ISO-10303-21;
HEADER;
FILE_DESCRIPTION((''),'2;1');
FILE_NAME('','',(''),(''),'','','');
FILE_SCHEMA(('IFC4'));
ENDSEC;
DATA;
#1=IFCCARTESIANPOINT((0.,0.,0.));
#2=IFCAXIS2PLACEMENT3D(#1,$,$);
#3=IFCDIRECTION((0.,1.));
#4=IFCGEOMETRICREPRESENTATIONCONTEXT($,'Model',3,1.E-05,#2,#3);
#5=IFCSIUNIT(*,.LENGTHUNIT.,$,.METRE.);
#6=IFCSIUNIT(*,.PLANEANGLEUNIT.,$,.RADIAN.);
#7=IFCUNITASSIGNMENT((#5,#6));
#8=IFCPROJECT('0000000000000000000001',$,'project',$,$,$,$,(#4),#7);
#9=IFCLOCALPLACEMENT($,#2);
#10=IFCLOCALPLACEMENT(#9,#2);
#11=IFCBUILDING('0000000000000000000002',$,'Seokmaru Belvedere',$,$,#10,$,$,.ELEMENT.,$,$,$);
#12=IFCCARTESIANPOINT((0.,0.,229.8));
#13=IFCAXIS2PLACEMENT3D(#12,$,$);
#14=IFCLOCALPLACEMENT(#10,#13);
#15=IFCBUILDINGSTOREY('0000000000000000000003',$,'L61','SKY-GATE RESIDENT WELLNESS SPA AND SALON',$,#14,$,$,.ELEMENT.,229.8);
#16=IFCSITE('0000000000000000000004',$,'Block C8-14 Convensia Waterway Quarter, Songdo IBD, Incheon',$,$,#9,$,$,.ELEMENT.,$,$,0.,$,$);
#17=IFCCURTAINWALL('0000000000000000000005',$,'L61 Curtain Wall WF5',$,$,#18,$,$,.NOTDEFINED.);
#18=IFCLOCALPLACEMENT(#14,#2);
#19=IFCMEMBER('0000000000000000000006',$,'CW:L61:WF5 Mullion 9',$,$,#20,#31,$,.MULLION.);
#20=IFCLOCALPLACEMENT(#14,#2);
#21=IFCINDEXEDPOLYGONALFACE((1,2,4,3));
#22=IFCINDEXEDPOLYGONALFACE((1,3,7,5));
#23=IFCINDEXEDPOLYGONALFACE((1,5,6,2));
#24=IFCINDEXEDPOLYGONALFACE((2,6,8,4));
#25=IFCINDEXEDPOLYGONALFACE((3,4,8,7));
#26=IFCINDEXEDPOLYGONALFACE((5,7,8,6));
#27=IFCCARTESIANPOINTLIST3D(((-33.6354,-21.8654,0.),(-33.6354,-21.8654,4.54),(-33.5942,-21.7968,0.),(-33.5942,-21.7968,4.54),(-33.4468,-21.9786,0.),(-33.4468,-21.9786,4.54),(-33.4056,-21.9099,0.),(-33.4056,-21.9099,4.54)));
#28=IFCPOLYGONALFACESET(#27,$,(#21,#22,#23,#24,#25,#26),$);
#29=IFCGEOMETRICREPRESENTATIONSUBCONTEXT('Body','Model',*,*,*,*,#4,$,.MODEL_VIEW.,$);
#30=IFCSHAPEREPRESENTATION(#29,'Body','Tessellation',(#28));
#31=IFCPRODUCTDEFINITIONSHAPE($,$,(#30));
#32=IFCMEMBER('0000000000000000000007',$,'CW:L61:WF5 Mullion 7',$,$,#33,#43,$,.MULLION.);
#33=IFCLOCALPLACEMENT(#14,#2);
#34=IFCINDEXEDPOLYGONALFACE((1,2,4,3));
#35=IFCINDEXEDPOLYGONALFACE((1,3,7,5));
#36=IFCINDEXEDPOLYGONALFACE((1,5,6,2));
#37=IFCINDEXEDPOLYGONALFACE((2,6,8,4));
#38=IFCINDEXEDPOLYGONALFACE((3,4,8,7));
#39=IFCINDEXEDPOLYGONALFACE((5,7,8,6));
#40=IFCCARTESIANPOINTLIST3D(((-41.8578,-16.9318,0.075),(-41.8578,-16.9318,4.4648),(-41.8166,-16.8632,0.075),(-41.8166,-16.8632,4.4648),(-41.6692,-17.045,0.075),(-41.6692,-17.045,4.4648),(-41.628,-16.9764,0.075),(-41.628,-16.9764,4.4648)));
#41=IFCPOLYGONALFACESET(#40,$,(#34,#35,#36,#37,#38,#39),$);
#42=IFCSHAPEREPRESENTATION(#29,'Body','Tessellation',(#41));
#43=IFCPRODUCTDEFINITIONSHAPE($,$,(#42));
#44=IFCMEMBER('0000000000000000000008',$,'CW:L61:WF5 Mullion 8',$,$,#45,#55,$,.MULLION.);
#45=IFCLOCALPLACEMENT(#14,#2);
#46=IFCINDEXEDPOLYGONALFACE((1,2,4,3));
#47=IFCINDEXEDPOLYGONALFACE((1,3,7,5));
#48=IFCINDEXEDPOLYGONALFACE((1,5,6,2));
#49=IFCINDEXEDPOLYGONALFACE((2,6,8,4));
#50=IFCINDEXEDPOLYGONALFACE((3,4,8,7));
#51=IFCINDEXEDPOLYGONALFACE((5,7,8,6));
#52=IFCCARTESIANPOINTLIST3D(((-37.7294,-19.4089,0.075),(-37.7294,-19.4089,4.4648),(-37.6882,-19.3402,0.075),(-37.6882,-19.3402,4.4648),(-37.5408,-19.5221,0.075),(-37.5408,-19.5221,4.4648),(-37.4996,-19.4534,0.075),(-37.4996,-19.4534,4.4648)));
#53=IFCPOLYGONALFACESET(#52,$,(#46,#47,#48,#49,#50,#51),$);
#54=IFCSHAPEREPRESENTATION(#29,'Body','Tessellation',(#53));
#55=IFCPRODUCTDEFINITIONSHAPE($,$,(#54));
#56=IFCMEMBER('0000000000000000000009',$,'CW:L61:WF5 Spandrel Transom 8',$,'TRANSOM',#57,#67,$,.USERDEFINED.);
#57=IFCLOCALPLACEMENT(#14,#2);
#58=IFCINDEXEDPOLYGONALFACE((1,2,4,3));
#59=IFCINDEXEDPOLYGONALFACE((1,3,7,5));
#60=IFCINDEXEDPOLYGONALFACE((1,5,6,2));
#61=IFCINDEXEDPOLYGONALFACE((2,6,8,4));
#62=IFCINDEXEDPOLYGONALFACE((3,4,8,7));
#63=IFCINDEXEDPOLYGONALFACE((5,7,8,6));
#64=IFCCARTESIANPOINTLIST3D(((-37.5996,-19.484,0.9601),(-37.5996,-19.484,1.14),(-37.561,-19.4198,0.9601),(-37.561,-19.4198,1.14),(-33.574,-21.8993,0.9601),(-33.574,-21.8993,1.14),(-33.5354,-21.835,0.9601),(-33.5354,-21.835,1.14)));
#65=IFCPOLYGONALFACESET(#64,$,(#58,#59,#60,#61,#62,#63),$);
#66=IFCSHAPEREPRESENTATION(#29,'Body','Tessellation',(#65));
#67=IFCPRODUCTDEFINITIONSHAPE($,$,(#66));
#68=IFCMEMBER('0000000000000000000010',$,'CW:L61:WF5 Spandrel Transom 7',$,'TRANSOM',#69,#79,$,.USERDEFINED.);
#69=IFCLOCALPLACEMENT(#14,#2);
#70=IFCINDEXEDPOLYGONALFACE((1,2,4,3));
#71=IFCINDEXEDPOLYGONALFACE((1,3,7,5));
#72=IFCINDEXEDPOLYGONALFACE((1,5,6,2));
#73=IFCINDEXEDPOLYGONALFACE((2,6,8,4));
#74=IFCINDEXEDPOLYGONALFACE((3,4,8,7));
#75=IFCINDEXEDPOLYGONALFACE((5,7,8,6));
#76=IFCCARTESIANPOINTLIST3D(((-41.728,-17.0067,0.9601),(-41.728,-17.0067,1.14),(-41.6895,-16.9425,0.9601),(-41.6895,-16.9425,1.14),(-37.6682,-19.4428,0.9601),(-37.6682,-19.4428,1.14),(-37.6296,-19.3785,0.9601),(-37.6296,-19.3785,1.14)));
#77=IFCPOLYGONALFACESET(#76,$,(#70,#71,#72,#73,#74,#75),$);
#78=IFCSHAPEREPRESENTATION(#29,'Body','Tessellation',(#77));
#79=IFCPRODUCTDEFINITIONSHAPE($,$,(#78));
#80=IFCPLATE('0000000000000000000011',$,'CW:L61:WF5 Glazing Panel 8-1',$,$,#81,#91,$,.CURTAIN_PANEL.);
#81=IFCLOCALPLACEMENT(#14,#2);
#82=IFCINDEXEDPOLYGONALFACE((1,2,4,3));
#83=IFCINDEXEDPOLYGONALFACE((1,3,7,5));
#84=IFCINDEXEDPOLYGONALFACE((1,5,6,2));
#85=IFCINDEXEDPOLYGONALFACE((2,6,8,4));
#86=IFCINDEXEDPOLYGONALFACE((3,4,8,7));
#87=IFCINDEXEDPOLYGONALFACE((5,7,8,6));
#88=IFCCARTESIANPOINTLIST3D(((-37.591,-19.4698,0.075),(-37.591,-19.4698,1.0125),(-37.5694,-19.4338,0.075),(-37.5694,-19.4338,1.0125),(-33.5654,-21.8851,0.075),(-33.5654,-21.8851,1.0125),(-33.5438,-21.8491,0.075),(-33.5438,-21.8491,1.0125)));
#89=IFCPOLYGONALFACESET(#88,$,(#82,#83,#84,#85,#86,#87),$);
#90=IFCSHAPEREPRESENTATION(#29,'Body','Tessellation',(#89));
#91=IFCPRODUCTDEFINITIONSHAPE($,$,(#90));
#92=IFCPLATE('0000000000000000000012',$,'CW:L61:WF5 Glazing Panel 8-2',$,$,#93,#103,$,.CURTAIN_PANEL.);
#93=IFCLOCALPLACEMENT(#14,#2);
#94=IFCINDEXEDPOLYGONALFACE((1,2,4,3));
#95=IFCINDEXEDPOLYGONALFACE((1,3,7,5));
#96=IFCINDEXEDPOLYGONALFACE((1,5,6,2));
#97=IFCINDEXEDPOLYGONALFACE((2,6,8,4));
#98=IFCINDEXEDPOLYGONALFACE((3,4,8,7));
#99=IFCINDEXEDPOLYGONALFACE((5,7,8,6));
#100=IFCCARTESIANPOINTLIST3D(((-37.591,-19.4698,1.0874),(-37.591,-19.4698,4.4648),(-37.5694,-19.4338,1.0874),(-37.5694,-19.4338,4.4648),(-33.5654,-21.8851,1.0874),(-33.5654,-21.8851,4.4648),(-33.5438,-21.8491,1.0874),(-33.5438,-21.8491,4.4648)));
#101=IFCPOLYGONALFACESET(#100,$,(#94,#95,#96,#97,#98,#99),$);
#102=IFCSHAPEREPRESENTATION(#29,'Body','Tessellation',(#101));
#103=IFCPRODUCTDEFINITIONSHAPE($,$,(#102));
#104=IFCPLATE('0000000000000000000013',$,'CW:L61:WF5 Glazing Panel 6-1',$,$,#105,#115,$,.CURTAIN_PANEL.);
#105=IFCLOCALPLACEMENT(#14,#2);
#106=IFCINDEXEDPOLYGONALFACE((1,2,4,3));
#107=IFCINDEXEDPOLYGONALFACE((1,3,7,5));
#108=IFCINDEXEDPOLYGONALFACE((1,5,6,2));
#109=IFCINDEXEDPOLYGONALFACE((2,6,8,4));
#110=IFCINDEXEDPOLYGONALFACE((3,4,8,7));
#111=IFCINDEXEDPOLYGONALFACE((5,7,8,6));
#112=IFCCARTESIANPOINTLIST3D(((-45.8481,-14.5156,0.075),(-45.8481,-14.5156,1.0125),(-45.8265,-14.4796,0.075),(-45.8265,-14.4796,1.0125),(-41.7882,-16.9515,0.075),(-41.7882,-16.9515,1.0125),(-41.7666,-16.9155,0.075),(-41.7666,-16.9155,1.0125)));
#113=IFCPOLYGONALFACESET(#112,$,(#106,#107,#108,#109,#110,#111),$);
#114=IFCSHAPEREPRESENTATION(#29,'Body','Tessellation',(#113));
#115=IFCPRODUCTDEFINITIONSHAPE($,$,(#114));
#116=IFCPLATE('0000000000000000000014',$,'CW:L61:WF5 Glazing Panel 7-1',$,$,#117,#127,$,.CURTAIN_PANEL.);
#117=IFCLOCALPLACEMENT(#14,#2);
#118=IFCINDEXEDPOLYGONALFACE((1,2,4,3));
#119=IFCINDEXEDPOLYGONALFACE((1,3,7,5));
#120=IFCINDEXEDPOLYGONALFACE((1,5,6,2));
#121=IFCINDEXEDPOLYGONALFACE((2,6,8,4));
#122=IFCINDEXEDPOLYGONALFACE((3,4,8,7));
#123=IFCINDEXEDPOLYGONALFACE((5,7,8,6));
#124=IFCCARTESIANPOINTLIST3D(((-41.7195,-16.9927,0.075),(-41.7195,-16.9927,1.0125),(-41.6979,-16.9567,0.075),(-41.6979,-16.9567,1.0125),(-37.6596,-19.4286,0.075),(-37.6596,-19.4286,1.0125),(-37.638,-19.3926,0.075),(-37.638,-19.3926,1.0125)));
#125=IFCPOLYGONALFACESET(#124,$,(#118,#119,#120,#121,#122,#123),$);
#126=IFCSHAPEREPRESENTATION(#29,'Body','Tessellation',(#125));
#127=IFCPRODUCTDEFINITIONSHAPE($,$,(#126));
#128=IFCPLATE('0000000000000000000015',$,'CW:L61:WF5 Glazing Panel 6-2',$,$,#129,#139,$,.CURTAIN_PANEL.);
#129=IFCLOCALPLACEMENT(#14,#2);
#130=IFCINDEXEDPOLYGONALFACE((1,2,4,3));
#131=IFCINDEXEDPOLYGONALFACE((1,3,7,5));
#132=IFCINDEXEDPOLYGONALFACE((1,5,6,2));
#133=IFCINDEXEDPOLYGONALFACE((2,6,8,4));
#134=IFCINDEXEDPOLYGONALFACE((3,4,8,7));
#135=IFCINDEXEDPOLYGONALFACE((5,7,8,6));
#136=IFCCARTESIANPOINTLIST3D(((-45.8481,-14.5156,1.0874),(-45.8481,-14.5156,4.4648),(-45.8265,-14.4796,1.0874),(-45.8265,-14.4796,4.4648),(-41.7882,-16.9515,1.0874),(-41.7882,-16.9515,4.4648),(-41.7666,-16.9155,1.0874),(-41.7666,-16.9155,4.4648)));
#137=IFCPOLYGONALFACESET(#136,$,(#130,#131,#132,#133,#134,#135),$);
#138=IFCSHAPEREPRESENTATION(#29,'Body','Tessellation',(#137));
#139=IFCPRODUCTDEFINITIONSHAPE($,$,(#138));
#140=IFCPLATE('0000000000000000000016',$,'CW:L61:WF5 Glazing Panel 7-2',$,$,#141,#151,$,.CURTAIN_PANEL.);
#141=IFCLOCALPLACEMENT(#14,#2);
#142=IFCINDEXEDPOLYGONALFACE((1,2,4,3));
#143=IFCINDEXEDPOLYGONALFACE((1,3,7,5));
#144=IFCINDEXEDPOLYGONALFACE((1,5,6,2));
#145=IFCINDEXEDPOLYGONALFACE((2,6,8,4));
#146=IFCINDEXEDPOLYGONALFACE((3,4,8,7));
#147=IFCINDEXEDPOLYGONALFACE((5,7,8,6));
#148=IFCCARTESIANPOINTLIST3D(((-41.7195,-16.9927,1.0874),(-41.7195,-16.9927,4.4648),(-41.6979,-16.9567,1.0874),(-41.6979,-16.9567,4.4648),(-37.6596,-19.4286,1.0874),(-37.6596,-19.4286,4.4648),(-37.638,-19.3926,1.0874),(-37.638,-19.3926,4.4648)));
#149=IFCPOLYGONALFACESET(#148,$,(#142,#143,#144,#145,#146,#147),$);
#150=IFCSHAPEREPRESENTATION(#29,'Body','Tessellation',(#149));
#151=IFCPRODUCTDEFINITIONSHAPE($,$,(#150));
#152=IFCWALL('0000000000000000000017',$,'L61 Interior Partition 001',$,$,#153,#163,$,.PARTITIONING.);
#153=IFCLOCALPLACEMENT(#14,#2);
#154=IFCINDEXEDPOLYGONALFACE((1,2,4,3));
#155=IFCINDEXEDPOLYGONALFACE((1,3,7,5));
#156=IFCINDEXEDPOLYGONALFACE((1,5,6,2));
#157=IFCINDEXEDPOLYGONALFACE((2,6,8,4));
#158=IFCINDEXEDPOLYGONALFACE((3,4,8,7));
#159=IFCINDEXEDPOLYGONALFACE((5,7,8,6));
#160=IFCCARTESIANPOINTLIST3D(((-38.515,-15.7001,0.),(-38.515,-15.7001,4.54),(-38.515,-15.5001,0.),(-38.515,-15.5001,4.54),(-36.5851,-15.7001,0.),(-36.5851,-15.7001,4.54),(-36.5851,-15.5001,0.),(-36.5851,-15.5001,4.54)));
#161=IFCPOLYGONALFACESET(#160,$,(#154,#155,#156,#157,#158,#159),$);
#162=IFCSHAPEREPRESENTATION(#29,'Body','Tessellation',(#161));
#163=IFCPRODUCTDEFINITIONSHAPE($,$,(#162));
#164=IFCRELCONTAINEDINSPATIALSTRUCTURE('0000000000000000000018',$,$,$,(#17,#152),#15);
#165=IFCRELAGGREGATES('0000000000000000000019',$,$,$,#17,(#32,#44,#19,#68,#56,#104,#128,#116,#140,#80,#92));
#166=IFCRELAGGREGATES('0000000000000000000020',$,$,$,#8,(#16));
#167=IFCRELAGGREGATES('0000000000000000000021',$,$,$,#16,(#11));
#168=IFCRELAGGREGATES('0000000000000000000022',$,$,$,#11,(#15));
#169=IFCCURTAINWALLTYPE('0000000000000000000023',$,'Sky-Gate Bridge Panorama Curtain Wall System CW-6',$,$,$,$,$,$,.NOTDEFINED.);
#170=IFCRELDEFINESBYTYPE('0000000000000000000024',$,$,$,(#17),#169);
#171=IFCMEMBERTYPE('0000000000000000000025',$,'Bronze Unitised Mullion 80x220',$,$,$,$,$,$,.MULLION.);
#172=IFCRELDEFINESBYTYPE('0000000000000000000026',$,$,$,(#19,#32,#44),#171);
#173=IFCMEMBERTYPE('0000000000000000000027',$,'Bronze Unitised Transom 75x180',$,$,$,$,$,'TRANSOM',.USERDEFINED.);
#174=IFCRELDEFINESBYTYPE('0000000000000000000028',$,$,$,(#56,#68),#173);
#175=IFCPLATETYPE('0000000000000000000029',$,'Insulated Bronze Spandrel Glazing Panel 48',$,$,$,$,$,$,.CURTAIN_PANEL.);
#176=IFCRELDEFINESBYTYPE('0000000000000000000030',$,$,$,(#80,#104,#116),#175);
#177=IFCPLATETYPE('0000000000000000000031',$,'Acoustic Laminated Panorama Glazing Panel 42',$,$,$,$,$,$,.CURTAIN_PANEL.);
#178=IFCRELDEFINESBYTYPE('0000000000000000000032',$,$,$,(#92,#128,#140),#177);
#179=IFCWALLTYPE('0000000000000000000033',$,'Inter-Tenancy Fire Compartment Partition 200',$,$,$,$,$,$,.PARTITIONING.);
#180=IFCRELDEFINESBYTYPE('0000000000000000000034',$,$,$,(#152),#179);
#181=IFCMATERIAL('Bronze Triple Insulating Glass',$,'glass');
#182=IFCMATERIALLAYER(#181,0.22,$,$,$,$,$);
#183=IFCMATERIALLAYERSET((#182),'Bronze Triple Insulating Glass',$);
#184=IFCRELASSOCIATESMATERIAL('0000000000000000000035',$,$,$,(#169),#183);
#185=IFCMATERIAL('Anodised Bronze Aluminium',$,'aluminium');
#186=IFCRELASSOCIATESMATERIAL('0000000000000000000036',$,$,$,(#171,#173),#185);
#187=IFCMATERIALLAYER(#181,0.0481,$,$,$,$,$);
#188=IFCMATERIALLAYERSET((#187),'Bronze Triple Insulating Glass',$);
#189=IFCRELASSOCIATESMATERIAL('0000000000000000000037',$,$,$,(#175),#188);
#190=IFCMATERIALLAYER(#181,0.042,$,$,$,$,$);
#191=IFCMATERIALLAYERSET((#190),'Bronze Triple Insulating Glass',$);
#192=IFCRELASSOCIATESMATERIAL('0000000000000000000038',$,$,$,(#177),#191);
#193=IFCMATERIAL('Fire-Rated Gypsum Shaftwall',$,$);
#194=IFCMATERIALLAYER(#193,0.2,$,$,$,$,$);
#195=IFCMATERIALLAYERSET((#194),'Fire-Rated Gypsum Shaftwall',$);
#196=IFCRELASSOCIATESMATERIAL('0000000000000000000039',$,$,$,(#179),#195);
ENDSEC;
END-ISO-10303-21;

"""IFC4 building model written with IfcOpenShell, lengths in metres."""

from ifc_helpers import new_model, si_unit, direction, frame, frame_2d, origin, origin_2d, place, context, subcontext, project, spatial, rectangle, extrude, source, transform, mapped, material, layer, layer_set, material_profile, profile_set, type_object, type_shapes, element, aggregate, save


model = new_model("IFC4")

# Units and contexts
model_context = context("Model", 3, precision=1e-05, world=origin(), true_north=direction((0.0, 1.0)))
body_context = subcontext(model_context, "Body", "Model", "MODEL_VIEW")
ifc_project = project(units=[si_unit("LENGTHUNIT", "METRE"), si_unit("PLANEANGLEUNIT", "RADIAN")], contexts=[model_context])

# Site, building, storey
site_placement = place(None, origin())
site = spatial("IfcSite", under=ifc_project, at=site_placement, Name="Block C8-14 Convensia Waterway Quarter, Songdo IBD, Incheon", CompositionType="ELEMENT", RefElevation=0.0)
building_placement = place(site_placement, origin())
building = spatial("IfcBuilding", under=site, at=building_placement, Name="Seokmaru Belvedere", CompositionType="ELEMENT")
storey_placement = place(building_placement, frame((0.0, 0.0, 229.8)))
storey = spatial("IfcBuildingStorey", under=building, at=storey_placement, Name="L61", Description="SKY-GATE RESIDENT WELLNESS SPA AND SALON", CompositionType="ELEMENT", Elevation=229.8)

# Curtain wall, members, plates
ifc_material_1 = material(Name="Bronze Triple Insulating Glass", Category="glass")
ifc_layer_1 = layer(ifc_material_1, 0.22)
ifc_layer_set_1 = layer_set([ifc_layer_1], Name="Bronze Triple Insulating Glass")
curtain_wall_type = type_object("IfcCurtainWallType", Name="Sky-Gate Bridge Panorama Curtain Wall System CW-6", PredefinedType="NOTDEFINED", material=ifc_layer_set_1)
curtain_wall_placement = place(storey_placement, origin())
curtain_wall = element("IfcCurtainWall", 1, at=curtain_wall_placement, inside=storey, type_object=curtain_wall_type, Name="L61 Curtain Wall WF5", PredefinedType="NOTDEFINED")
ifc_material_2 = material(Name="Anodised Bronze Aluminium", Category="aluminium")
ifc_material_profile_1 = material_profile(ifc_material_2, rectangle(XDim=0.0801, YDim=0.22, at=origin_2d()), Name="CW-M-80x220")
ifc_profile_set_1 = profile_set([ifc_material_profile_1], Name="Anodised Bronze Aluminium")
member_type_1 = type_object("IfcMemberType", Name="Bronze Unitised Mullion 80x220", PredefinedType="MULLION", material=ifc_profile_set_1)
shared_shape_1 = source(origin(), body_context, "Body", "SweptSolid", [
    extrude(rectangle(XDim=0.0801, YDim=0.22, at=origin_2d()), origin(), (0.0, 0.0, 1.0), 4.54),
])
member_1_placement = place(storey_placement, frame((-33.5205, -21.8877, 0.0), z_axis=(0.0, 0.0, 1.0), x_axis=(0.514495, 0.857493, 0.0)))
member_1 = element("IfcMember", 2, at=member_1_placement, type_object=member_type_1, Name="CW:L61:WF5 Mullion 9", PredefinedType="MULLION", context=body_context, shape_type="MappedRepresentation", body=[
    mapped(shared_shape_1, transform((0.0, 0.0, 0.0), scale=1.0)),
])
shared_shape_2 = source(origin(), body_context, "Body", "SweptSolid", [
    extrude(rectangle(XDim=0.0801, YDim=0.22, at=origin_2d()), origin(), (0.0, 0.0, 1.0), 4.3899),
])
type_shapes(member_type_1, [shared_shape_1, shared_shape_2])
member_2_placement = place(storey_placement, frame((-41.7429, -16.9541, 0.075), z_axis=(0.0, 0.0, 1.0), x_axis=(0.514495, 0.857493, 0.0)))
member_2 = element("IfcMember", 3, at=member_2_placement, type_object=member_type_1, Name="CW:L61:WF5 Mullion 7", PredefinedType="MULLION", context=body_context, shape_type="MappedRepresentation", body=[
    mapped(shared_shape_2, transform((0.0, 0.0, 0.0), scale=1.0)),
])
member_3_placement = place(storey_placement, frame((-37.6145, -19.4312, 0.075), z_axis=(0.0, 0.0, 1.0), x_axis=(0.514495, 0.857493, 0.0)))
member_3 = element("IfcMember", 4, at=member_3_placement, type_object=member_type_1, Name="CW:L61:WF5 Mullion 8", PredefinedType="MULLION", context=body_context, shape_type="MappedRepresentation", body=[
    mapped(shared_shape_2, transform((0.0, 0.0, 0.0), scale=1.0)),
])
ifc_material_profile_2 = material_profile(ifc_material_2, rectangle(XDim=0.075, YDim=0.1799, at=origin_2d()), Name="CW-T-75x180")
ifc_profile_set_2 = profile_set([ifc_material_profile_2], Name="Anodised Bronze Aluminium")
member_type_2 = type_object("IfcMemberType", Name="Bronze Unitised Transom 75x180", ElementType="TRANSOM", PredefinedType="USERDEFINED", material=ifc_profile_set_2)
shared_shape_3 = source(origin(), body_context, "Body", "SweptSolid", [
    extrude(rectangle(XDim=0.075, YDim=0.1799, at=origin_2d()), origin(), (0.0, 0.0, 1.0), 4.6946),
])
member_4_placement = place(storey_placement, frame((-37.5803, -19.4519, 1.05), z_axis=(0.857502, -0.51448, 0.0), x_axis=(0.51448, 0.857502, 0.0)))
member_4 = element("IfcMember", 5, at=member_4_placement, type_object=member_type_2, Name="CW:L61:WF5 Spandrel Transom 8", ObjectType="TRANSOM", PredefinedType="USERDEFINED", context=body_context, shape_type="MappedRepresentation", body=[
    mapped(shared_shape_3, transform((0.0, 0.0, 0.0), scale=1.0)),
])
shared_shape_4 = source(origin(), body_context, "Body", "SweptSolid", [
    extrude(rectangle(XDim=0.075, YDim=0.1799, at=origin_2d()), origin(), (0.0, 0.0, 1.0), 4.7346),
])
type_shapes(member_type_2, [shared_shape_3, shared_shape_4])
member_5_placement = place(storey_placement, frame((-41.7087, -16.9746, 1.05), z_axis=(0.857479, -0.514519, 0.0), x_axis=(0.514519, 0.857479, 0.0)))
member_5 = element("IfcMember", 6, at=member_5_placement, type_object=member_type_2, Name="CW:L61:WF5 Spandrel Transom 7", ObjectType="TRANSOM", PredefinedType="USERDEFINED", context=body_context, shape_type="MappedRepresentation", body=[
    mapped(shared_shape_4, transform((0.0, 0.0, 0.0), scale=1.0)),
])
ifc_layer_2 = layer(ifc_material_1, 0.0481)
ifc_layer_set_2 = layer_set([ifc_layer_2], Name="Bronze Triple Insulating Glass")
plate_type_1 = type_object("IfcPlateType", Name="Insulated Bronze Spandrel Glazing Panel 48", PredefinedType="CURTAIN_PANEL", material=ifc_layer_set_2)
shared_shape_5 = source(origin(), body_context, "Body", "SweptSolid", [
    extrude(rectangle(XDim=4.6946, YDim=0.042, at=origin_2d()), origin(), (0.0, 0.0, 1.0), 0.9375),
])
plate_1_placement = place(storey_placement, frame((-35.5674, -20.6594, 0.075), z_axis=(0.0, 0.0, 1.0), x_axis=(0.857493, -0.514495, 0.0)))
plate_1 = element("IfcPlate", 7, at=plate_1_placement, type_object=plate_type_1, Name="CW:L61:WF5 Glazing Panel 8-1", PredefinedType="CURTAIN_PANEL", context=body_context, shape_type="MappedRepresentation", body=[
    mapped(shared_shape_5, transform((0.0, 0.0, 0.0), scale=1.0)),
])
ifc_layer_3 = layer(ifc_material_1, 0.042)
ifc_layer_set_3 = layer_set([ifc_layer_3], Name="Bronze Triple Insulating Glass")
plate_type_2 = type_object("IfcPlateType", Name="Acoustic Laminated Panorama Glazing Panel 42", PredefinedType="CURTAIN_PANEL", material=ifc_layer_set_3)
shared_shape_6 = source(origin(), body_context, "Body", "SweptSolid", [
    extrude(rectangle(XDim=4.6946, YDim=0.042, at=origin_2d()), origin(), (0.0, 0.0, 1.0), 3.3774),
])
plate_2_placement = place(storey_placement, frame((-35.5674, -20.6594, 1.0874), z_axis=(0.0, 0.0, 1.0), x_axis=(0.857493, -0.514495, 0.0)))
plate_2 = element("IfcPlate", 8, at=plate_2_placement, type_object=plate_type_2, Name="CW:L61:WF5 Glazing Panel 8-2", PredefinedType="CURTAIN_PANEL", context=body_context, shape_type="MappedRepresentation", body=[
    mapped(shared_shape_6, transform((0.0, 0.0, 0.0), scale=1.0)),
])
shared_shape_7 = source(origin(), body_context, "Body", "SweptSolid", [
    extrude(rectangle(XDim=4.7346, YDim=0.042, at=origin_2d()), origin(), (0.0, 0.0, 1.0), 0.9375),
])
type_shapes(plate_type_1, [shared_shape_5, shared_shape_7])
plate_3_placement = place(storey_placement, frame((-43.8074, -15.7156, 0.075), z_axis=(0.0, 0.0, 1.0), x_axis=(0.857493, -0.514495, 0.0)))
plate_3 = element("IfcPlate", 9, at=plate_3_placement, type_object=plate_type_1, Name="CW:L61:WF5 Glazing Panel 6-1", PredefinedType="CURTAIN_PANEL", context=body_context, shape_type="MappedRepresentation", body=[
    mapped(shared_shape_7, transform((0.0, 0.0, 0.0), scale=1.0)),
])
plate_4_placement = place(storey_placement, frame((-39.6787, -18.1926, 0.075), z_axis=(0.0, 0.0, 1.0), x_axis=(0.857493, -0.514495, 0.0)))
plate_4 = element("IfcPlate", 10, at=plate_4_placement, type_object=plate_type_1, Name="CW:L61:WF5 Glazing Panel 7-1", PredefinedType="CURTAIN_PANEL", context=body_context, shape_type="MappedRepresentation", body=[
    mapped(shared_shape_7, transform((0.0, 0.0, 0.0), scale=1.0)),
])
shared_shape_8 = source(origin(), body_context, "Body", "SweptSolid", [
    extrude(rectangle(XDim=4.7346, YDim=0.042, at=origin_2d()), origin(), (0.0, 0.0, 1.0), 3.3774),
])
type_shapes(plate_type_2, [shared_shape_6, shared_shape_8])
plate_5_placement = place(storey_placement, frame((-43.8074, -15.7156, 1.0874), z_axis=(0.0, 0.0, 1.0), x_axis=(0.857493, -0.514495, 0.0)))
plate_5 = element("IfcPlate", 11, at=plate_5_placement, type_object=plate_type_2, Name="CW:L61:WF5 Glazing Panel 6-2", PredefinedType="CURTAIN_PANEL", context=body_context, shape_type="MappedRepresentation", body=[
    mapped(shared_shape_8, transform((0.0, 0.0, 0.0), scale=1.0)),
])
plate_6_placement = place(storey_placement, frame((-39.6787, -18.1926, 1.0874), z_axis=(0.0, 0.0, 1.0), x_axis=(0.857493, -0.514495, 0.0)))
plate_6 = element("IfcPlate", 12, at=plate_6_placement, type_object=plate_type_2, Name="CW:L61:WF5 Glazing Panel 7-2", PredefinedType="CURTAIN_PANEL", context=body_context, shape_type="MappedRepresentation", body=[
    mapped(shared_shape_8, transform((0.0, 0.0, 0.0), scale=1.0)),
])
aggregate(curtain_wall, [member_2, member_3, member_1, member_5, member_4, plate_3, plate_5, plate_4, plate_6, plate_1, plate_2])

# Wall
ifc_material_3 = material(Name="Fire-Rated Gypsum Shaftwall")
ifc_layer_4 = layer(ifc_material_3, 0.2)
ifc_layer_set_4 = layer_set([ifc_layer_4], Name="Fire-Rated Gypsum Shaftwall")
wall_type_1 = type_object("IfcWallType", Name="Inter-Tenancy Fire Compartment Partition 200", PredefinedType="PARTITIONING", material=ifc_layer_set_4)
wall_1_placement = place(storey_placement, frame((-38.5149, -15.6001, 0.0), z_axis=(0.0, 0.0, 1.0), x_axis=(1.0, 0.0, 0.0)))
element("IfcWall", 13, at=wall_1_placement, inside=storey, type_object=wall_type_1, Name="L61 Interior Partition 001", PredefinedType="PARTITIONING", context=body_context, shape_type="SweptSolid", body=[
    extrude(rectangle(XDim=1.9299, YDim=0.2, at=frame_2d((0.9648, 0.0))), origin(), (0.0, 0.0, 1.0), 4.54),
])

save(model, "model.ifc")
